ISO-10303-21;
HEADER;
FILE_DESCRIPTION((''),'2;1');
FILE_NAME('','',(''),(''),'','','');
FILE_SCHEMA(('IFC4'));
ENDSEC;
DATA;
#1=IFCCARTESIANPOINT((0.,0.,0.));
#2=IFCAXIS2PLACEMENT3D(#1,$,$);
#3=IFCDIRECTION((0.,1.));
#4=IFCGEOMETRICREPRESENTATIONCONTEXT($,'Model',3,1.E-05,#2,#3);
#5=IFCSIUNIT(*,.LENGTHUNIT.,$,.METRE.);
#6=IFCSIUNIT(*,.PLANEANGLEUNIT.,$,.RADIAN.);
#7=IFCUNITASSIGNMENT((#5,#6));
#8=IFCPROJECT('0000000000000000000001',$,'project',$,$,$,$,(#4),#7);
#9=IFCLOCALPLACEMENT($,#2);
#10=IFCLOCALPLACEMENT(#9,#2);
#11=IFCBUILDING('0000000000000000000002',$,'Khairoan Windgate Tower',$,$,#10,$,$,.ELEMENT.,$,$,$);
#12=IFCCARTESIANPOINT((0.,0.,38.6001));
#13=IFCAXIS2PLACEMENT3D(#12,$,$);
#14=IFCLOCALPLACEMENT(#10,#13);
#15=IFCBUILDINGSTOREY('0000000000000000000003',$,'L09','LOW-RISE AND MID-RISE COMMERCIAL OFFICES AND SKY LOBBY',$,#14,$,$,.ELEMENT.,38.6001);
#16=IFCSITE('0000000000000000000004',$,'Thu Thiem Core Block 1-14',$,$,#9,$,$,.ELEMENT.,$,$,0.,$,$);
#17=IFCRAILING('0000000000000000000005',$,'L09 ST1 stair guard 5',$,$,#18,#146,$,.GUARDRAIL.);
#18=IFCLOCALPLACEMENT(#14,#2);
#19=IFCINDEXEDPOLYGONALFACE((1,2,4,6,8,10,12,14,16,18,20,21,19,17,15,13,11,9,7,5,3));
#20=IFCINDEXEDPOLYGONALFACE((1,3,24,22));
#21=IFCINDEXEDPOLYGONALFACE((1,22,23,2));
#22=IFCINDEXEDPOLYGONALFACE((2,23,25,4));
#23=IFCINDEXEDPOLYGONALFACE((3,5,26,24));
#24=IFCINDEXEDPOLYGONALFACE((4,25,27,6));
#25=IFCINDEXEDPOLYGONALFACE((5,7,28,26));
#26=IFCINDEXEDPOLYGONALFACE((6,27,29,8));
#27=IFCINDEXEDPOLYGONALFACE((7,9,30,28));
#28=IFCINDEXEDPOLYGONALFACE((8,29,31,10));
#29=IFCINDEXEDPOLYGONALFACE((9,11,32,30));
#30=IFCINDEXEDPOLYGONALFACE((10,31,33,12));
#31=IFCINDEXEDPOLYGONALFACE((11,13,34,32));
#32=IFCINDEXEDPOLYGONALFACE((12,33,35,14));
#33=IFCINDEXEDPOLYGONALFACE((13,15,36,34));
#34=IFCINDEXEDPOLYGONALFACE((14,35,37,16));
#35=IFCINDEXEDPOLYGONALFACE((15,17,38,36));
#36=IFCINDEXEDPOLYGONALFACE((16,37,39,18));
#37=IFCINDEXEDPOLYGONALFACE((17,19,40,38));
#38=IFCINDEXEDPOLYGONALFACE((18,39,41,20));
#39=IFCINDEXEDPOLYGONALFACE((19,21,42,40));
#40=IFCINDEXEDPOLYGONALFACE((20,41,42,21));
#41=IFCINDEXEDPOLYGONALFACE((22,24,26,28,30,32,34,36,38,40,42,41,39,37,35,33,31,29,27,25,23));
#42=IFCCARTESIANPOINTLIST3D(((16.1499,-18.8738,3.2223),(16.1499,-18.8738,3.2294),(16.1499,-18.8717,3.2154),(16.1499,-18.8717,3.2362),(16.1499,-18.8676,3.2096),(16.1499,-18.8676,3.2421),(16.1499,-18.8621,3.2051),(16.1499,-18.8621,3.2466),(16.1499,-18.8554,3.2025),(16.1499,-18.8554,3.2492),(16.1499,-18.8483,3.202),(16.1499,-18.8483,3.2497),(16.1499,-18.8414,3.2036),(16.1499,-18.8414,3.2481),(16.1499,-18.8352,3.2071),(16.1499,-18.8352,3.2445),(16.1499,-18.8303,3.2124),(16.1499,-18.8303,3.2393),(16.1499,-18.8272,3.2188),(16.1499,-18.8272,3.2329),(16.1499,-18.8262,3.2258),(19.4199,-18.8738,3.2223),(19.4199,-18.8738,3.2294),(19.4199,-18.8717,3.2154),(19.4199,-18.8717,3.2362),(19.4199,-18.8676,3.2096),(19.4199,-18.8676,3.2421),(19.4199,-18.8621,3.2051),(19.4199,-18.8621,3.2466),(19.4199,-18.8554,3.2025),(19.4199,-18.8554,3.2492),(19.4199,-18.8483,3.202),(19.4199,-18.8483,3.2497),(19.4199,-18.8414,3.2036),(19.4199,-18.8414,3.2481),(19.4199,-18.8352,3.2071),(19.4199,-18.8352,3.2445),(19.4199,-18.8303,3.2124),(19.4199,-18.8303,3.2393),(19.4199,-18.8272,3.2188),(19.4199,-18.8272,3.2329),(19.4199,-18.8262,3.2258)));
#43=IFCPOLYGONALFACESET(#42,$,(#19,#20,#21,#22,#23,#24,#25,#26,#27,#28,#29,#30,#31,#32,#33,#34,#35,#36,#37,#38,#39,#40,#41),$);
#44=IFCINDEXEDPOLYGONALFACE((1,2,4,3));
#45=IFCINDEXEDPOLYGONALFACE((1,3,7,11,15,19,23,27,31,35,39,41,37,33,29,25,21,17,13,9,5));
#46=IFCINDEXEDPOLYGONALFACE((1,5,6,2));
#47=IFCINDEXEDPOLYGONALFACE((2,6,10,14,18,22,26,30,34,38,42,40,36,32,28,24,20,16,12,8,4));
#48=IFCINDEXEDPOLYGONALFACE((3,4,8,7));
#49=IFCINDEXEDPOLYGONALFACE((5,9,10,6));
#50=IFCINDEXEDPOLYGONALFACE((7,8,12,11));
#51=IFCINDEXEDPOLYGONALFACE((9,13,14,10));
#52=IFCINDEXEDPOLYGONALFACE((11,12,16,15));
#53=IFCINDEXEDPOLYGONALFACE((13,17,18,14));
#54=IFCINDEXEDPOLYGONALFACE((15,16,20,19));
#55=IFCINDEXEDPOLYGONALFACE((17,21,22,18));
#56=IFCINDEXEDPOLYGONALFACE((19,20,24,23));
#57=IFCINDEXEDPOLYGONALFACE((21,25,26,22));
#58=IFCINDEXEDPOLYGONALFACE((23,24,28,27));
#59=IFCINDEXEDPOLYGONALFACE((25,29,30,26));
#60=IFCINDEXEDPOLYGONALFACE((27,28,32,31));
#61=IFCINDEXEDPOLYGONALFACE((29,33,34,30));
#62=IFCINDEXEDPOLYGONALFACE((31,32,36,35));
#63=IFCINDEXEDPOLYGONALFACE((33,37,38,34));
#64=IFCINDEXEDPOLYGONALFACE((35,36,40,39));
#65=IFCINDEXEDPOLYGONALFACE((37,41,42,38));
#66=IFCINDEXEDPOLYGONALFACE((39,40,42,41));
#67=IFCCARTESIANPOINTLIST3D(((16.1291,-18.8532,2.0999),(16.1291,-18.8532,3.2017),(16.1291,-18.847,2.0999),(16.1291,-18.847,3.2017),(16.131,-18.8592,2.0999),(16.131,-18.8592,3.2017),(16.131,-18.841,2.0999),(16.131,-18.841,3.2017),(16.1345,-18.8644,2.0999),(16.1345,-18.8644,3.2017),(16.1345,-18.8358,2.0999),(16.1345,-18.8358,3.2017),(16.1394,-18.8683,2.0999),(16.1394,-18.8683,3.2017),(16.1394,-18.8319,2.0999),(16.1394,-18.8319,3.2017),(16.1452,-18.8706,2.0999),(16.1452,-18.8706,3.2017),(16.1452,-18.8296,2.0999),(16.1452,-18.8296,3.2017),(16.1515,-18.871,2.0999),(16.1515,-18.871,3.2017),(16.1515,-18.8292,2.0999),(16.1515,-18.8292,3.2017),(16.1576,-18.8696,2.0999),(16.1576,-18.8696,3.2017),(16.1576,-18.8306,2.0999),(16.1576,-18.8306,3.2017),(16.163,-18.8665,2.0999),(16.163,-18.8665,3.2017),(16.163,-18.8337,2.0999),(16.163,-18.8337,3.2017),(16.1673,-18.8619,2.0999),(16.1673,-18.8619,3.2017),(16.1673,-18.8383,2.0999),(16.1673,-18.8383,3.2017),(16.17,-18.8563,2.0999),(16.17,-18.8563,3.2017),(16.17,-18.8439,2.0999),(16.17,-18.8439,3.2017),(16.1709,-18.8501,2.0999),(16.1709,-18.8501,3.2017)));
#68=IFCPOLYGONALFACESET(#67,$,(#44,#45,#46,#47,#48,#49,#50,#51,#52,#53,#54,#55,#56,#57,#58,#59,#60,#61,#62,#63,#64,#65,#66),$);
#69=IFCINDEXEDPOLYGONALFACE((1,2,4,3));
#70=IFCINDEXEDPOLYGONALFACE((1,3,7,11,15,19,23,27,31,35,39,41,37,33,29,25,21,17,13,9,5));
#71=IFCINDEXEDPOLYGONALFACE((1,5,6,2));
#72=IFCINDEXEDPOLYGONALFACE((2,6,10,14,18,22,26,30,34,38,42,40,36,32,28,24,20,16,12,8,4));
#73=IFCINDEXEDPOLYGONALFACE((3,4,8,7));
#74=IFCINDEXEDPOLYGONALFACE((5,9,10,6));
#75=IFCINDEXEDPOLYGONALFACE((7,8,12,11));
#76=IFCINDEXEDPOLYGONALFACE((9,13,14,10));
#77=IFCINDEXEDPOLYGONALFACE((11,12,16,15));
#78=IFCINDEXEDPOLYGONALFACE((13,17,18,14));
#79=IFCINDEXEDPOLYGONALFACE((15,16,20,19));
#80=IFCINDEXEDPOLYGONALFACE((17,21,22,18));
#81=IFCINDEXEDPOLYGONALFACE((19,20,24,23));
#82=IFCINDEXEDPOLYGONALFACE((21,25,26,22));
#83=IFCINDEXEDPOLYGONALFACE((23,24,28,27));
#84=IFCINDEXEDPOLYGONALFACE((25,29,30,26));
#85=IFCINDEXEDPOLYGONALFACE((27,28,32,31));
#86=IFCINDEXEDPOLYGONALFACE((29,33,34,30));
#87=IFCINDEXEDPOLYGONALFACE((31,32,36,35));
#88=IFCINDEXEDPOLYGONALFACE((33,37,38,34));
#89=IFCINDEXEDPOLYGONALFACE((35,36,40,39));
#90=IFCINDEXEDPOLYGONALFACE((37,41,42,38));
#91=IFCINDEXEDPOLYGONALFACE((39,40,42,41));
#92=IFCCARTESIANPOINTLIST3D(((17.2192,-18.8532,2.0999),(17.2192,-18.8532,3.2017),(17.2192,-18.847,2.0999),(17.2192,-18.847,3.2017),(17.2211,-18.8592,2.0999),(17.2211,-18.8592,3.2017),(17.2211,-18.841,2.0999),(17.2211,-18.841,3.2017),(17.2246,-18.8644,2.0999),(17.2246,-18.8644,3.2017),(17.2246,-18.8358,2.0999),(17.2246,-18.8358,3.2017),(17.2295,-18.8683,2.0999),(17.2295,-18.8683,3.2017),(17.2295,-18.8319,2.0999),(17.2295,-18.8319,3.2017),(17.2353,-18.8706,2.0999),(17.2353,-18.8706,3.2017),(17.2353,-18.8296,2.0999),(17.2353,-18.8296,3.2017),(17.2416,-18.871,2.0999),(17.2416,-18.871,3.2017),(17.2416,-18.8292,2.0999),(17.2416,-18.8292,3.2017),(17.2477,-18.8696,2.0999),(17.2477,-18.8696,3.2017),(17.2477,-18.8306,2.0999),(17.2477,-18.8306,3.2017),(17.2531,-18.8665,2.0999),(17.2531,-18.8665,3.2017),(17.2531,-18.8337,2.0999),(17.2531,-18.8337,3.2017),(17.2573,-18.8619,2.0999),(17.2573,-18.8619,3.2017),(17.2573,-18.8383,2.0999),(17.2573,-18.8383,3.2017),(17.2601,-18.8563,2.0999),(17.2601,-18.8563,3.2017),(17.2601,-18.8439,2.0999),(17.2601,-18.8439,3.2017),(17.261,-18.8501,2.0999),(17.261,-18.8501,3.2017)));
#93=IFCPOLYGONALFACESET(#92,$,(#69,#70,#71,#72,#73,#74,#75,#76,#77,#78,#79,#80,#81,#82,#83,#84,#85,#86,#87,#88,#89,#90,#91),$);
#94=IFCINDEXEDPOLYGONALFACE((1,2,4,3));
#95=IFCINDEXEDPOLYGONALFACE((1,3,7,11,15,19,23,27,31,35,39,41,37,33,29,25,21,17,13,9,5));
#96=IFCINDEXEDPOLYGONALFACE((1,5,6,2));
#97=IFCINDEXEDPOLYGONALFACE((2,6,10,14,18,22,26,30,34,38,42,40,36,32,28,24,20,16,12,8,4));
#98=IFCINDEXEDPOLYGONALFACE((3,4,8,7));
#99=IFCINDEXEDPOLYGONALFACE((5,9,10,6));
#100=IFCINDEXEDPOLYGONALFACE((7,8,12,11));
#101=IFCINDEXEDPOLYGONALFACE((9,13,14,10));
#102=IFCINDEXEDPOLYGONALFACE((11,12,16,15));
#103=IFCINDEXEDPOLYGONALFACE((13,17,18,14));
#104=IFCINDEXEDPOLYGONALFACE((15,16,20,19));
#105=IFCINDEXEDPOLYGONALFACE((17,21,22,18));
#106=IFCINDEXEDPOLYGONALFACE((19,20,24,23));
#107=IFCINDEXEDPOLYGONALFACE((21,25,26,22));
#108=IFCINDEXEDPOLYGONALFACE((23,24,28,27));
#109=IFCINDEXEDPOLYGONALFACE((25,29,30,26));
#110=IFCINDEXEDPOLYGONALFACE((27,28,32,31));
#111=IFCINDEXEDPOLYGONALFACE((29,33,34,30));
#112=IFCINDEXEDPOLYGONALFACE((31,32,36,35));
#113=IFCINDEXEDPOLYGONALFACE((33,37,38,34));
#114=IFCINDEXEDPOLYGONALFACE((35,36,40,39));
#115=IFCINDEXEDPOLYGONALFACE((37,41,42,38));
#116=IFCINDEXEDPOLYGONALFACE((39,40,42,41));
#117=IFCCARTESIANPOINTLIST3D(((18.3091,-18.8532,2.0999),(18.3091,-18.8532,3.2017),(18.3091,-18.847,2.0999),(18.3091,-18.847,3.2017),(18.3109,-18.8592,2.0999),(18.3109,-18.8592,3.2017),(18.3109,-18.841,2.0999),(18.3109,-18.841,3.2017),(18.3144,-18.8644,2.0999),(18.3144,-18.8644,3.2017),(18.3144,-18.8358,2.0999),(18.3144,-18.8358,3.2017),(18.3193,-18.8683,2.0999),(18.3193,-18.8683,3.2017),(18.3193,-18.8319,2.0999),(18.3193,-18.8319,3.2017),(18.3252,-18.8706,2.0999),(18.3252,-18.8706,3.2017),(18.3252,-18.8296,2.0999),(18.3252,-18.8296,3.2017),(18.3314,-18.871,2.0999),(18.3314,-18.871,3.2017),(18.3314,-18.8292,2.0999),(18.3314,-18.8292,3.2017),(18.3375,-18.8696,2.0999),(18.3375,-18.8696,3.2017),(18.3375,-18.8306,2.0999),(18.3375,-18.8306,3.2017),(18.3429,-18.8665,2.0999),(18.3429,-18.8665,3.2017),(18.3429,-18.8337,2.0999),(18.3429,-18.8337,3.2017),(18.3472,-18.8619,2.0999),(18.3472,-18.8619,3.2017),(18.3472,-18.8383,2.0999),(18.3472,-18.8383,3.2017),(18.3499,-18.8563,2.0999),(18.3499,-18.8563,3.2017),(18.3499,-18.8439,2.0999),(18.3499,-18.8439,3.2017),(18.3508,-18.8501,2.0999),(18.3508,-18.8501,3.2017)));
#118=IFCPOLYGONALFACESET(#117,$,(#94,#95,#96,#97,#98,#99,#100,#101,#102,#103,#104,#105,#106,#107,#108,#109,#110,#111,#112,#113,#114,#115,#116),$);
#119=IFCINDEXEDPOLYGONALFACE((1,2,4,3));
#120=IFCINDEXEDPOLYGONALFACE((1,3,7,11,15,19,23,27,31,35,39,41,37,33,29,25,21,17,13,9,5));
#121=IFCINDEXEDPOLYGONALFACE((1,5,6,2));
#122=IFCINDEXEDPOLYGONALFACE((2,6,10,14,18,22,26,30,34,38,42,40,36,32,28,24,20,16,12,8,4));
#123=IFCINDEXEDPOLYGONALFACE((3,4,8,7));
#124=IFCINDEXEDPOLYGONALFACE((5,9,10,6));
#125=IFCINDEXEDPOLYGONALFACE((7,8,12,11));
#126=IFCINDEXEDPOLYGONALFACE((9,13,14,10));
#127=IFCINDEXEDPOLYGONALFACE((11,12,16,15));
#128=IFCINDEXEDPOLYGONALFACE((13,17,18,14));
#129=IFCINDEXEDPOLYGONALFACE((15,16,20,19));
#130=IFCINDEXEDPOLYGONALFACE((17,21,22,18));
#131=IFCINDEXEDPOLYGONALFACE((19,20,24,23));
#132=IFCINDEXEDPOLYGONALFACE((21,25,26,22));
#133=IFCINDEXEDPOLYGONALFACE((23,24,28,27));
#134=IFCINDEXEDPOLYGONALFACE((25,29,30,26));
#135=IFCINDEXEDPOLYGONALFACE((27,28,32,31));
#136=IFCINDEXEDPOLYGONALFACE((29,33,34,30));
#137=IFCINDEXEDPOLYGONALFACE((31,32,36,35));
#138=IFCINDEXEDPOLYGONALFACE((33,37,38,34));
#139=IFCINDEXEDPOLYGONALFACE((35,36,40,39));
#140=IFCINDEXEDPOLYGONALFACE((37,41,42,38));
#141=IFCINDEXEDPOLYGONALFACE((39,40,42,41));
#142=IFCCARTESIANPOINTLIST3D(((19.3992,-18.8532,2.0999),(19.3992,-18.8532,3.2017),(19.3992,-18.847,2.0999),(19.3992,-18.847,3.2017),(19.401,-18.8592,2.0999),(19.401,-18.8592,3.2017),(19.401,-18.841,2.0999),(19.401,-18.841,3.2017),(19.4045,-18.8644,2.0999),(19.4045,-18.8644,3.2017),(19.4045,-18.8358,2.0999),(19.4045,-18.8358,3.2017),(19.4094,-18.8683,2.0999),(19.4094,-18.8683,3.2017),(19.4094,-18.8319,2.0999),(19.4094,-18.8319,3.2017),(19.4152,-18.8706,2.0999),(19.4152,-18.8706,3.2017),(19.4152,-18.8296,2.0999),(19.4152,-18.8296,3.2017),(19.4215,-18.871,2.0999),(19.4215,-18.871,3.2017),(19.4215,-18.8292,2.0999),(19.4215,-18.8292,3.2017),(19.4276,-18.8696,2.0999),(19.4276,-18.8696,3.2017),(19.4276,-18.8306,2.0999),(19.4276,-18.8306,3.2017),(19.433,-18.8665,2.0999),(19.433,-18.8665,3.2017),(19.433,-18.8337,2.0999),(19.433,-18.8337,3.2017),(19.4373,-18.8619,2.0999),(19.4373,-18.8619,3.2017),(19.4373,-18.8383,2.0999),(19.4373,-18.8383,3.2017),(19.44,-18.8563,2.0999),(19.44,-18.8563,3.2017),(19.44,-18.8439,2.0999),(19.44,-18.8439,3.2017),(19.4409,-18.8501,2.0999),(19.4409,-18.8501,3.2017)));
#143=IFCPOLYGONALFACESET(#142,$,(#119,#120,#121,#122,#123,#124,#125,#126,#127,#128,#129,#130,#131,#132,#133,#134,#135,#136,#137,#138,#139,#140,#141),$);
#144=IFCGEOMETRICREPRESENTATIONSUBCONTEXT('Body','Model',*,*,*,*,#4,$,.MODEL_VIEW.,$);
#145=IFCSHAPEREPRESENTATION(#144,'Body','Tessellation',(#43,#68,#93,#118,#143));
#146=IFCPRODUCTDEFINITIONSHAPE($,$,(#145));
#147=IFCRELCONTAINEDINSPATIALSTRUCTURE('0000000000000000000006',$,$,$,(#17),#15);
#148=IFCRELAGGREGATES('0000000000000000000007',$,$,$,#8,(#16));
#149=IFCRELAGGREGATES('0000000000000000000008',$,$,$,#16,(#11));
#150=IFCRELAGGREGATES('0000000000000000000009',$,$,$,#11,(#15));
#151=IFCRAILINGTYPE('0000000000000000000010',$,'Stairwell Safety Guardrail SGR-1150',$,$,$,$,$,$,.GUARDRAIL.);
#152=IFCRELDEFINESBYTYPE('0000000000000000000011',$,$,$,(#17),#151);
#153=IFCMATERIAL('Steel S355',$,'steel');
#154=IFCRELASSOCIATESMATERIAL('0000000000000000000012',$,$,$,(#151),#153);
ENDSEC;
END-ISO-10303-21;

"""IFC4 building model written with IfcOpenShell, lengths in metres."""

from ifc_helpers import new_model, si_unit, direction, frame, origin, origin_2d, place, context, subcontext, project, spatial, circle, extrude, material, type_object, element, save


model = new_model("IFC4")

# Units and contexts
model_context = context("Model", 3, precision=1e-05, world=origin(), true_north=direction((0.0, 1.0)))
body_context = subcontext(model_context, "Body", "Model", "MODEL_VIEW")
ifc_project = project(units=[si_unit("LENGTHUNIT", "METRE"), si_unit("PLANEANGLEUNIT", "RADIAN")], contexts=[model_context])

# Site, building, storey
site_placement = place(None, origin())
site = spatial("IfcSite", under=ifc_project, at=site_placement, Name="Thu Thiem Core Block 1-14", CompositionType="ELEMENT", RefElevation=0.0)
building_placement = place(site_placement, origin())
building = spatial("IfcBuilding", under=site, at=building_placement, Name="Khairoan Windgate Tower", CompositionType="ELEMENT")
storey_placement = place(building_placement, frame((0.0, 0.0, 38.6001)))
storey = spatial("IfcBuildingStorey", under=building, at=storey_placement, Name="L09", Description="LOW-RISE AND MID-RISE COMMERCIAL OFFICES AND SKY LOBBY", CompositionType="ELEMENT", Elevation=38.6001)

# Railing
ifc_material_1 = material(Name="Steel S355", Category="steel")
railing_type_1 = type_object("IfcRailingType", Name="Stairwell Safety Guardrail SGR-1150", PredefinedType="GUARDRAIL", material=ifc_material_1)
railing_1_placement = place(storey_placement, frame((16.1499, -18.8501, 2.0999)))
element("IfcRailing", 1, at=railing_1_placement, inside=storey, type_object=railing_type_1, Name="L09 ST1 stair guard 5", PredefinedType="GUARDRAIL", context=body_context, shape_type="SweptSolid", body=[
    extrude(circle(Radius=0.0239, at=origin_2d()), frame((0.0, 0.0, 1.126), z_axis=(1.0, 0.0, 0.0), x_axis=(0.0, 1.0, 0.0)), (0.0, 0.0, 1.0), 3.27),
    extrude(circle(Radius=0.021, at=origin_2d()), origin(), (0.0, 0.0, 1.0), 1.1018),
    extrude(circle(Radius=0.021, at=origin_2d()), frame((1.0901, 0.0, 0.0)), (0.0, 0.0, 1.0), 1.1018),
    extrude(circle(Radius=0.021, at=origin_2d()), frame((2.1799, 0.0, 0.0)), (0.0, 0.0, 1.0), 1.1018),
    extrude(circle(Radius=0.021, at=origin_2d()), frame((3.27, 0.0, 0.0)), (0.0, 0.0, 1.0), 1.1018),
])

save(model, "model.ifc")
